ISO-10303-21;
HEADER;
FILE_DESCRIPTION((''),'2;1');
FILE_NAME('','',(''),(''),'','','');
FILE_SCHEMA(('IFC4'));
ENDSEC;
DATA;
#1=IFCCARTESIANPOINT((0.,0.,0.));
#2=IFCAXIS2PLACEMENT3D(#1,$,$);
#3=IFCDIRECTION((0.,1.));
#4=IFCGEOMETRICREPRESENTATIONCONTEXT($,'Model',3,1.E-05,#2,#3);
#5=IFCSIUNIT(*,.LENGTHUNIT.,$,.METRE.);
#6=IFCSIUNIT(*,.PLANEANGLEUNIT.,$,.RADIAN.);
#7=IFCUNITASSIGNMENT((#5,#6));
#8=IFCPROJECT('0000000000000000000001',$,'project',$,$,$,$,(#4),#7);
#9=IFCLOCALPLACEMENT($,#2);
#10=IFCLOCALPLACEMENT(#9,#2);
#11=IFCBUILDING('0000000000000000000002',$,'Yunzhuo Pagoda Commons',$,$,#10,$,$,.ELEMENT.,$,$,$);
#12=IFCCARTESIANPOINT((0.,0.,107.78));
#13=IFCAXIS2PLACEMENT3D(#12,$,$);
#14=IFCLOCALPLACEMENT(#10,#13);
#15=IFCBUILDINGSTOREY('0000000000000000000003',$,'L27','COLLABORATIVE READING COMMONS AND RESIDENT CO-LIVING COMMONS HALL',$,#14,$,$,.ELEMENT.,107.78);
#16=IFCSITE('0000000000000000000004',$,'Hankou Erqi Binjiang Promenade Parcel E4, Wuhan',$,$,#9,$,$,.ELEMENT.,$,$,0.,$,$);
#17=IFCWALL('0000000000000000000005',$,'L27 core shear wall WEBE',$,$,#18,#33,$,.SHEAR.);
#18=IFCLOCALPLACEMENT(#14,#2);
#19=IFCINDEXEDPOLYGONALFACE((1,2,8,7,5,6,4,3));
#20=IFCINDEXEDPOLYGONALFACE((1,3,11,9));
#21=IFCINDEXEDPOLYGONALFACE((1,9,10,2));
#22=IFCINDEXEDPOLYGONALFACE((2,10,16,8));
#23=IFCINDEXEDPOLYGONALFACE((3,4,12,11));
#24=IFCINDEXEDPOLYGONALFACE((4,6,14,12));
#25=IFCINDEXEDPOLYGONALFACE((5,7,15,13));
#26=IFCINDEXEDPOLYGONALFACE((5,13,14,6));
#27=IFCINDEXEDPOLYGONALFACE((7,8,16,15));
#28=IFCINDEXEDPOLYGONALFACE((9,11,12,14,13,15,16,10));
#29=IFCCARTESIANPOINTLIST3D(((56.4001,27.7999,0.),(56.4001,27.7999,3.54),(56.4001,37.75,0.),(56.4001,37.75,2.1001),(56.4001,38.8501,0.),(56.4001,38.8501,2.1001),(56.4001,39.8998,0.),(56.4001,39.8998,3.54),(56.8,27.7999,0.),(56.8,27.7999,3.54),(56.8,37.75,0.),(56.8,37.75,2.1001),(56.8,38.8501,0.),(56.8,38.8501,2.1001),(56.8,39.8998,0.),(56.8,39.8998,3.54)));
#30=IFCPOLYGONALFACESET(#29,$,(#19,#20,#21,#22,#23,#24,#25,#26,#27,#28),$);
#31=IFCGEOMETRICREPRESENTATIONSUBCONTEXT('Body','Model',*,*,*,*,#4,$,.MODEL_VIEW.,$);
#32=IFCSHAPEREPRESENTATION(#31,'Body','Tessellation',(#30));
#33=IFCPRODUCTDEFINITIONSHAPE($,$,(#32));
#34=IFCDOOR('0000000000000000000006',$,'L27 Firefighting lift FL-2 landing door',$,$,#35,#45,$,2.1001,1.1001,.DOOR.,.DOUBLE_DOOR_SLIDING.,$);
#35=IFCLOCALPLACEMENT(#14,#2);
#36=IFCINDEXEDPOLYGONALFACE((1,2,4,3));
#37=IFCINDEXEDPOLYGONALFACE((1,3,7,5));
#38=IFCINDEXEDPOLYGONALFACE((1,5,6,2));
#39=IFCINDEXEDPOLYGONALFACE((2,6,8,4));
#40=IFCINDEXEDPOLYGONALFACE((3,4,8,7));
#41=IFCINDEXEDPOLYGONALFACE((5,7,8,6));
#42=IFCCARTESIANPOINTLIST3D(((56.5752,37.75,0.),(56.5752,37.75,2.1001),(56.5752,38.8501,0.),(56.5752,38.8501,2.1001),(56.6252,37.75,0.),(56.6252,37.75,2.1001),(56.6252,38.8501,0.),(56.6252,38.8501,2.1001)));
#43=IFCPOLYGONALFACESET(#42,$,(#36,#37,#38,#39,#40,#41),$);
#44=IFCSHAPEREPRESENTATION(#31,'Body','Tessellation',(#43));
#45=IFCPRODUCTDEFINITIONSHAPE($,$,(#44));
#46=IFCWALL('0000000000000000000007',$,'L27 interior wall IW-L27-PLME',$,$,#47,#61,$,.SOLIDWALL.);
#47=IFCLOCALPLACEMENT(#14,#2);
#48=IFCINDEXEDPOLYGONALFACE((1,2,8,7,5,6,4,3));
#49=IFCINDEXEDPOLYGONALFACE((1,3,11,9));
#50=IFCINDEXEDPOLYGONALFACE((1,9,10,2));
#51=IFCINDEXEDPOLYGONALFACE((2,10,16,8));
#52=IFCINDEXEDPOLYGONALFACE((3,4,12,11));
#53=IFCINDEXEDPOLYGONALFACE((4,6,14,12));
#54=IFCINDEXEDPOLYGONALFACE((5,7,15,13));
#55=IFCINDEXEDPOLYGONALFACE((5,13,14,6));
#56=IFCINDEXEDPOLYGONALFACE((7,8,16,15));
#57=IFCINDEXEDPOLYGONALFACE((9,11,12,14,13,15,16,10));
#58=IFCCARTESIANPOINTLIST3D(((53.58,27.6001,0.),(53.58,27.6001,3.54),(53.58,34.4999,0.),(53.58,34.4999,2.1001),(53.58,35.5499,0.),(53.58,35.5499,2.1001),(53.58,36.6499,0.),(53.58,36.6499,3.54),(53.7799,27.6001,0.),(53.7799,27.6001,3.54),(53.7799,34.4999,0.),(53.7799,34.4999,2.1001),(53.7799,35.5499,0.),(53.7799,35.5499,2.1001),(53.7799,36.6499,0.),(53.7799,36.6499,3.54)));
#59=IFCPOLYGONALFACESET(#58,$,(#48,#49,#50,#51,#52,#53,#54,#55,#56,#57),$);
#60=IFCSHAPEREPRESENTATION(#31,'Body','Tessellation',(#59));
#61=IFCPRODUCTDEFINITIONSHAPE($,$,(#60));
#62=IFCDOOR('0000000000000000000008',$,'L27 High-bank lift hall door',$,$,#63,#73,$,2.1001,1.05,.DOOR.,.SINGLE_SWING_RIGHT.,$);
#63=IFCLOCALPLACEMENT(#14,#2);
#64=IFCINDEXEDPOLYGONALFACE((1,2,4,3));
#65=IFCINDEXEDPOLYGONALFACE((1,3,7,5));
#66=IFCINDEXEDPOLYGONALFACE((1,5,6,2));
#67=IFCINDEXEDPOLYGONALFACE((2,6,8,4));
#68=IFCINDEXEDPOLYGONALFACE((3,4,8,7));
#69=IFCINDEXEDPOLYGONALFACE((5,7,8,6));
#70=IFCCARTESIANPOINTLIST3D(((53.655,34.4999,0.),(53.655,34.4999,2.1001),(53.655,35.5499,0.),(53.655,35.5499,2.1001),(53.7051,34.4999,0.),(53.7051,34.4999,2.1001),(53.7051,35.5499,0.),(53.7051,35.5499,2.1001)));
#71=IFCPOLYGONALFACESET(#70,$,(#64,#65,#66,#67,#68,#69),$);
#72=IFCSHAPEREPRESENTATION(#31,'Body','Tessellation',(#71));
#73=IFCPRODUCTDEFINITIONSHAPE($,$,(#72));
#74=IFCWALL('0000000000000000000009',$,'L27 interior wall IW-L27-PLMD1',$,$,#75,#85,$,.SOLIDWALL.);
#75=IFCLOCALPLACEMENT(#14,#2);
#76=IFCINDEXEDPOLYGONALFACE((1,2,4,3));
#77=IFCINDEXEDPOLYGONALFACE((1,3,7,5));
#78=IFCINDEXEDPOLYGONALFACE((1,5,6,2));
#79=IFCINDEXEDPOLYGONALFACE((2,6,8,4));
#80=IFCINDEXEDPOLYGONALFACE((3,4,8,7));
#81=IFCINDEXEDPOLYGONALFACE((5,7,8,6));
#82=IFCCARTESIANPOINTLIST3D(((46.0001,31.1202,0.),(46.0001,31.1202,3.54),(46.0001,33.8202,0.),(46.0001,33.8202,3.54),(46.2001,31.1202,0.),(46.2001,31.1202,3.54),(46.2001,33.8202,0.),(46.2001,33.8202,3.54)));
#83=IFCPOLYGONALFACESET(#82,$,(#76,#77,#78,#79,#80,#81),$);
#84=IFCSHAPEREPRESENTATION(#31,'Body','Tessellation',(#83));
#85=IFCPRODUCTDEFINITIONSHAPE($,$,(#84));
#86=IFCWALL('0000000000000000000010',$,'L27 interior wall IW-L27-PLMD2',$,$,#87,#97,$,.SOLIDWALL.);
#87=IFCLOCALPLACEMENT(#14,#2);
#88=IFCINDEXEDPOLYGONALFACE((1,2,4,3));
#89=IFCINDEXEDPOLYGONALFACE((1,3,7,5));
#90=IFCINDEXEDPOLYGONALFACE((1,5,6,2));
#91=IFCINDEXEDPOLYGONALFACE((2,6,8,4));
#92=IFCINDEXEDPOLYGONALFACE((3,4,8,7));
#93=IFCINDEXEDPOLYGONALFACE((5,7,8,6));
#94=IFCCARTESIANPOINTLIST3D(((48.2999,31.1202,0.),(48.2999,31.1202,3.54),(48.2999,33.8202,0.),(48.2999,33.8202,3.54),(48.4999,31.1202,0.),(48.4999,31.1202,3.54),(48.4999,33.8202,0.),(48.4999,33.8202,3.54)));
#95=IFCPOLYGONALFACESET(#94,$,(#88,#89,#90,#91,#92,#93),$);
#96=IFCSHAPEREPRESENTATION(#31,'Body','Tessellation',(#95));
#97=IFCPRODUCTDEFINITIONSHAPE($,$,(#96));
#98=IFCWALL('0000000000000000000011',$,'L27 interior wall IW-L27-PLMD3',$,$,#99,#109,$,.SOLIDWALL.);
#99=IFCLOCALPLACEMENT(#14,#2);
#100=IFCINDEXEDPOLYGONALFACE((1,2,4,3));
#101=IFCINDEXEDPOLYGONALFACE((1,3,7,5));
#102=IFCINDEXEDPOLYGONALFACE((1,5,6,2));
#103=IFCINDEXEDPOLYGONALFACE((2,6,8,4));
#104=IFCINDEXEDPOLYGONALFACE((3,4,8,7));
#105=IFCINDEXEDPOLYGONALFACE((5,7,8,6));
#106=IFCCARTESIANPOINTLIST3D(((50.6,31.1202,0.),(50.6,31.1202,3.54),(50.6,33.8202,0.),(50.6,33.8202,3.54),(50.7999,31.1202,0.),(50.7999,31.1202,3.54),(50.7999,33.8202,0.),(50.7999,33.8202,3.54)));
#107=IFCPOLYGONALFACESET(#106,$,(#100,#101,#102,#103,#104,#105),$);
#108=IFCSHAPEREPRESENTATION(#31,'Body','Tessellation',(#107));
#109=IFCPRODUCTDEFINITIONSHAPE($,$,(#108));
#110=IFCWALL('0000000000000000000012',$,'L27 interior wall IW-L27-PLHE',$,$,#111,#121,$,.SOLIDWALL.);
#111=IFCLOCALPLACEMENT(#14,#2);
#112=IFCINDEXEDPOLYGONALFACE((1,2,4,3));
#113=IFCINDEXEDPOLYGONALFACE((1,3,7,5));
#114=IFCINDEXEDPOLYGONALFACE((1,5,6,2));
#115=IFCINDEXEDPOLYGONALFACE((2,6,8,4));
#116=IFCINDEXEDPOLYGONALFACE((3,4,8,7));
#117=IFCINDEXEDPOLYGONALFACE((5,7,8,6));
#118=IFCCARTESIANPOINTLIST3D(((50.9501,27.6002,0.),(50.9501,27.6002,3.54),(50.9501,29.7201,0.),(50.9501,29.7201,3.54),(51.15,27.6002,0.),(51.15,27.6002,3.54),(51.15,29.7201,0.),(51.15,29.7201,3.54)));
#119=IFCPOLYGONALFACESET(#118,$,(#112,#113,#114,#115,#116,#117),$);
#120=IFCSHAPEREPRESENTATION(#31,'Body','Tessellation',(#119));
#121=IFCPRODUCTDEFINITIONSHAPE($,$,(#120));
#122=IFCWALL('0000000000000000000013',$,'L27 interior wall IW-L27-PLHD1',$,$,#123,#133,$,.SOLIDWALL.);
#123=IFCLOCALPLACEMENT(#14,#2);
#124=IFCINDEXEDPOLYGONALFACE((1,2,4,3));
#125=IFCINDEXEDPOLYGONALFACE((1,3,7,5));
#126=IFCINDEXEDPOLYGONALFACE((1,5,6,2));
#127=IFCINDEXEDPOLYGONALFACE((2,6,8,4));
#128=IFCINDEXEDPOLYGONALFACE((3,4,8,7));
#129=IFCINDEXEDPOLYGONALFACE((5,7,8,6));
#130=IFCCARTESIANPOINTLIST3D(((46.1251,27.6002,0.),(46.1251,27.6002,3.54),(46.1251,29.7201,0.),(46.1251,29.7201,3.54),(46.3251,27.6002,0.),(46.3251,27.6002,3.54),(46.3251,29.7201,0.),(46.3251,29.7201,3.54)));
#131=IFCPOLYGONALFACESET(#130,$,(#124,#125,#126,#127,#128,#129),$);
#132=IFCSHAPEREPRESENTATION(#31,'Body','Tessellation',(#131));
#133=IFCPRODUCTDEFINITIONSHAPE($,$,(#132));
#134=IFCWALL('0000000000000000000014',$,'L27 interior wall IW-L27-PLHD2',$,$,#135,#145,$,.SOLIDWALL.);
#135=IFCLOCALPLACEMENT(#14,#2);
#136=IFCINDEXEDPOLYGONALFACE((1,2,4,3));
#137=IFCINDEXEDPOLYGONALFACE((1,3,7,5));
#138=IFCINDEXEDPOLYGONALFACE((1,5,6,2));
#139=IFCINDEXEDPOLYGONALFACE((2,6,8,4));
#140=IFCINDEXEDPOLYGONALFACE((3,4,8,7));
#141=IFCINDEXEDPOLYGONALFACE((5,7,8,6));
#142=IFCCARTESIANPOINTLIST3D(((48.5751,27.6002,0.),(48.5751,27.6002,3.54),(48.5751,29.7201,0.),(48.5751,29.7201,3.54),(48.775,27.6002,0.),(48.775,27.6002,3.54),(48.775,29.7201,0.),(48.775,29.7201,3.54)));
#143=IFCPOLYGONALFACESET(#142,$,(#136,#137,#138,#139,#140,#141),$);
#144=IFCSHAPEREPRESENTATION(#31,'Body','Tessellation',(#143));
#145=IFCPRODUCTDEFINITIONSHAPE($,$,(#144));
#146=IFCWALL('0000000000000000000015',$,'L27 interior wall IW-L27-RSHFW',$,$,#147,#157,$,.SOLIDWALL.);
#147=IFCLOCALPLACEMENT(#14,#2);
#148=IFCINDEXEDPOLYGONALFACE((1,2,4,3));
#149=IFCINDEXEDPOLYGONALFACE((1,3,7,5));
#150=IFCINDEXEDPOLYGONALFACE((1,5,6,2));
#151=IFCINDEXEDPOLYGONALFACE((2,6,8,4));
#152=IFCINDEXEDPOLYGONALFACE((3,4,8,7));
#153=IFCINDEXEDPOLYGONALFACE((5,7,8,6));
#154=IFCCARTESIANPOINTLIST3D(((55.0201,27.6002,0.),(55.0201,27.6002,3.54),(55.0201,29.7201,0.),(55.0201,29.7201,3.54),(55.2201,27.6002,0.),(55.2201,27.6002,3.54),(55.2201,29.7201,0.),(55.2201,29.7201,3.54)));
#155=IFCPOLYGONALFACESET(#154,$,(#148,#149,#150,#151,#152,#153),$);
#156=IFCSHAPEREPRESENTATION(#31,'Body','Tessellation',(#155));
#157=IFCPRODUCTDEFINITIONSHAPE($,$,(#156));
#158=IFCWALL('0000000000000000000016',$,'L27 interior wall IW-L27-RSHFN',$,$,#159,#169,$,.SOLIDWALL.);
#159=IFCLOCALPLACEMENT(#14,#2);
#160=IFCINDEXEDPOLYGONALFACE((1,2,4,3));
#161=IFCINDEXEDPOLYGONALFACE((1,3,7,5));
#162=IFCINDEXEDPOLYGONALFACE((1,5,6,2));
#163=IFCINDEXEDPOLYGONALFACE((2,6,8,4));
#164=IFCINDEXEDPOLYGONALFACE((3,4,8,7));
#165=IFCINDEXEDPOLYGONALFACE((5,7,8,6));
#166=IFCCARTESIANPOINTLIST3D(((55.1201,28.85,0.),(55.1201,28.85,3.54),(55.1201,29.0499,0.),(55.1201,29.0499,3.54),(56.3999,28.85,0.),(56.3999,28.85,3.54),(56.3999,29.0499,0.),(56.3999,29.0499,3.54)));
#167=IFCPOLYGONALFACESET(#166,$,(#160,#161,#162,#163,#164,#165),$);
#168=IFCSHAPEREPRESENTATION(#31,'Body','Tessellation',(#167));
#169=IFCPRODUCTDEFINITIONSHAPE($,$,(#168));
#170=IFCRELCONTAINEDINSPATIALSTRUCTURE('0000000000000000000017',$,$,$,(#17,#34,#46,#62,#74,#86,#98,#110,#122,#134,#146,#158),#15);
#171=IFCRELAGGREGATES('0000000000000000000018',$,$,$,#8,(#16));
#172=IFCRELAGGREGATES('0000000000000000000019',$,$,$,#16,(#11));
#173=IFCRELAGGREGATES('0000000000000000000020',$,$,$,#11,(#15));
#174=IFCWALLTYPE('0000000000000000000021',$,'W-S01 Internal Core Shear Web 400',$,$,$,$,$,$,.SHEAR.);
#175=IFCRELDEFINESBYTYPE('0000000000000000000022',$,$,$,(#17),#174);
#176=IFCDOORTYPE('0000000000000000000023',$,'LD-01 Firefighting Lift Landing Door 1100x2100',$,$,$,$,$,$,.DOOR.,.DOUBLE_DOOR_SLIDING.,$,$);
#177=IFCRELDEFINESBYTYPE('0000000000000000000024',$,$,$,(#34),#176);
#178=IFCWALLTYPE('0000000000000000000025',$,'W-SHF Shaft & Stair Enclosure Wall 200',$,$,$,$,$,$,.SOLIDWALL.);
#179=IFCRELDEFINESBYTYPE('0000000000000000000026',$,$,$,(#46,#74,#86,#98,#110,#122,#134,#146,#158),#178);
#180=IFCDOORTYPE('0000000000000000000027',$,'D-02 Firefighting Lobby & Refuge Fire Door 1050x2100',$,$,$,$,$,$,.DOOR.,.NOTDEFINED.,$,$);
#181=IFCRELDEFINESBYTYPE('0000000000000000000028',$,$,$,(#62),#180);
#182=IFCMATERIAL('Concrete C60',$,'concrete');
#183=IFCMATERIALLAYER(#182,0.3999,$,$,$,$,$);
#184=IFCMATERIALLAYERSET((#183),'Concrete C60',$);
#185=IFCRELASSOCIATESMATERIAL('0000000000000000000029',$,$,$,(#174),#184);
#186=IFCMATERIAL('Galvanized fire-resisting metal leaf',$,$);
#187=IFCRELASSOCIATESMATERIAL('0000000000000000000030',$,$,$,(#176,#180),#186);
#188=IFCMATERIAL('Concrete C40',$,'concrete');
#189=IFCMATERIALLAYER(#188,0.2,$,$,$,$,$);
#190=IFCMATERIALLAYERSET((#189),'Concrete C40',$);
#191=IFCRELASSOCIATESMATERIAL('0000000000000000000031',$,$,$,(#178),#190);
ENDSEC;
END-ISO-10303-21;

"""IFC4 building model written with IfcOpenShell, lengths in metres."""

from ifc_helpers import new_model, si_unit, direction, frame, frame_2d, origin, origin_with_axes, place, context, subcontext, project, spatial, rectangle, extrude, source, transform, mapped, material, layer, layer_set, type_object, element, fill, save


model = new_model("IFC4")

# Units and contexts
model_context = context("Model", 3, precision=1e-05, world=origin(), true_north=direction((0.0, 1.0)))
body_context = subcontext(model_context, "Body", "Model", "MODEL_VIEW")
ifc_project = project(units=[si_unit("LENGTHUNIT", "METRE"), si_unit("PLANEANGLEUNIT", "RADIAN")], contexts=[model_context])

# Site, building, storey
site_placement = place(None, origin())
site = spatial("IfcSite", under=ifc_project, at=site_placement, Name="Hankou Erqi Binjiang Promenade Parcel E4, Wuhan", CompositionType="ELEMENT", RefElevation=0.0)
building_placement = place(site_placement, origin())
building = spatial("IfcBuilding", under=site, at=building_placement, Name="Yunzhuo Pagoda Commons", CompositionType="ELEMENT")
storey_placement = place(building_placement, frame((0.0, 0.0, 107.78)))
storey = spatial("IfcBuildingStorey", under=building, at=storey_placement, Name="L27", Description="COLLABORATIVE READING COMMONS AND RESIDENT CO-LIVING COMMONS HALL", CompositionType="ELEMENT", Elevation=107.78)

# Shared definitions
ifc_material_1 = material(Name="Galvanized fire-resisting metal leaf")

# Walls, openings, doors
ifc_material_2 = material(Name="Concrete C60", Category="concrete")
ifc_layer_1 = layer(ifc_material_2, 0.3999)
ifc_layer_set_1 = layer_set([ifc_layer_1], Name="Concrete C60")
wall_type_1 = type_object("IfcWallType", Name="W-S01 Internal Core Shear Web 400", PredefinedType="SHEAR", material=ifc_layer_set_1)
wall_1_placement = place(storey_placement, frame((56.6001, 27.8, 0.0), z_axis=(0.0, 0.0, 1.0), x_axis=(0.0, 1.0, 0.0)))
wall_1 = element("IfcWall", 1, at=wall_1_placement, inside=storey, type_object=wall_type_1, Name="L27 core shear wall WEBE", PredefinedType="SHEAR", context=body_context, shape_type="SweptSolid", body=[
    extrude(rectangle(XDim=12.0999, YDim=0.3999, at=frame_2d((6.0498, 0.0))), origin(), (0.0, 0.0, 1.0), 3.54),
])
opening_1_placement = place(wall_1_placement, frame((9.95, 0.0, 0.0)))
opening_1 = element("IfcOpeningElement", 2, at=opening_1_placement, cuts=wall_1, PredefinedType="OPENING", context=body_context, shape_type="SweptSolid", body=[
    extrude(rectangle(XDim=1.1001, YDim=2.1001, at=frame_2d((0.55, 1.05))), frame((0.0, 0.21, 0.0), z_axis=(0.0, -1.0, 0.0), x_axis=(1.0, 0.0, 0.0)), (0.0, 0.0, 1.0), 0.4199),
])
door_type_1 = type_object("IfcDoorType", Name="LD-01 Firefighting Lift Landing Door 1100x2100", OperationType="DOUBLE_DOOR_SLIDING", PredefinedType="DOOR", material=ifc_material_1)
shared_shape_1 = source(origin(), body_context, "Body", "SweptSolid", [
    extrude(rectangle(XDim=1.1001, YDim=2.1001, at=frame_2d((0.55, 1.05))), frame((0.0, 0.0249, 0.0), z_axis=(0.0, -1.0, 0.0), x_axis=(1.0, 0.0, 0.0)), (0.0, 0.0, 1.0), 0.05),
])
door_1_placement = place(opening_1_placement, origin_with_axes())
door_1 = element("IfcDoor", 3, at=door_1_placement, inside=storey, type_object=door_type_1, Name="L27 Firefighting lift FL-2 landing door", OperationType="DOUBLE_DOOR_SLIDING", OverallHeight=2.1001, OverallWidth=1.1001, PredefinedType="DOOR", context=body_context, shape_type="MappedRepresentation", body=[
    mapped(shared_shape_1, transform((0.0, 0.0, 0.0), scale=1.0)),
])
fill(opening_1, door_1)
ifc_material_3 = material(Name="Concrete C40", Category="concrete")
ifc_layer_2 = layer(ifc_material_3, 0.2)
ifc_layer_set_2 = layer_set([ifc_layer_2], Name="Concrete C40")
wall_type_2 = type_object("IfcWallType", Name="W-SHF Shaft & Stair Enclosure Wall 200", PredefinedType="SOLIDWALL", material=ifc_layer_set_2)
wall_2_placement = place(storey_placement, frame((53.6799, 27.6001, 0.0), z_axis=(0.0, 0.0, 1.0), x_axis=(0.0, 1.0, 0.0)))
wall_2 = element("IfcWall", 4, at=wall_2_placement, inside=storey, type_object=wall_type_2, Name="L27 interior wall IW-L27-PLME", PredefinedType="SOLIDWALL", context=body_context, shape_type="SweptSolid", body=[
    extrude(rectangle(XDim=9.0498, YDim=0.2, at=frame_2d((4.5249, 0.0))), origin(), (0.0, 0.0, 1.0), 3.54),
])
opening_2_placement = place(wall_2_placement, frame((6.8999, 0.0, 0.0)))
opening_2 = element("IfcOpeningElement", 5, at=opening_2_placement, cuts=wall_2, PredefinedType="OPENING", context=body_context, shape_type="SweptSolid", body=[
    extrude(rectangle(XDim=1.05, YDim=2.1001, at=frame_2d((0.5249, 1.05))), frame((0.0, 0.1099, 0.0), z_axis=(0.0, -1.0, 0.0), x_axis=(1.0, 0.0, 0.0)), (0.0, 0.0, 1.0), 0.22),
])
door_type_2 = type_object("IfcDoorType", Name="D-02 Firefighting Lobby & Refuge Fire Door 1050x2100", OperationType="NOTDEFINED", PredefinedType="DOOR", material=ifc_material_1)
shared_shape_2 = source(origin(), body_context, "Body", "SweptSolid", [
    extrude(rectangle(XDim=1.05, YDim=2.1001, at=frame_2d((0.5249, 1.05))), frame((0.0, 0.0249, 0.0), z_axis=(0.0, -1.0, 0.0), x_axis=(1.0, 0.0, 0.0)), (0.0, 0.0, 1.0), 0.05),
])
door_2_placement = place(opening_2_placement, origin_with_axes())
door_2 = element("IfcDoor", 6, at=door_2_placement, inside=storey, type_object=door_type_2, Name="L27 High-bank lift hall door", OperationType="SINGLE_SWING_RIGHT", OverallHeight=2.1001, OverallWidth=1.05, PredefinedType="DOOR", context=body_context, shape_type="MappedRepresentation", body=[
    mapped(shared_shape_2, transform((0.0, 0.0, 0.0), scale=1.0)),
])
fill(opening_2, door_2)

# Walls
for number, where, z_axis, x_axis, name in (
    (7, (46.1001, 31.1201, 0.0), (0.0, 0.0, 1.0), (0.0, 1.0, 0.0), "L27 interior wall IW-L27-PLMD1"),
    (8, (48.3999, 31.1201, 0.0), (0.0, 0.0, 1.0), (0.0, 1.0, 0.0), "L27 interior wall IW-L27-PLMD2"),
    (9, (50.7, 31.1201, 0.0), (0.0, 0.0, 1.0), (0.0, 1.0, 0.0), "L27 interior wall IW-L27-PLMD3"),
):
    element("IfcWall", number, at=place(storey_placement, frame(where, z_axis=z_axis, x_axis=x_axis)), inside=storey, type_object=wall_type_2, Name=name, PredefinedType="SOLIDWALL", context=body_context, shape_type="SweptSolid", body=[
        extrude(rectangle(XDim=2.7, YDim=0.2, at=frame_2d((1.3501, 0.0))), origin(), (0.0, 0.0, 1.0), 3.54),
    ])
for number, where, z_axis, x_axis, name in (
    (10, (51.05, 27.6001, 0.0), (0.0, 0.0, 1.0), (0.0, 1.0, 0.0), "L27 interior wall IW-L27-PLHE"),
    (11, (46.2251, 27.6001, 0.0), (0.0, 0.0, 1.0), (0.0, 1.0, 0.0), "L27 interior wall IW-L27-PLHD1"),
    (12, (48.675, 27.6001, 0.0), (0.0, 0.0, 1.0), (0.0, 1.0, 0.0), "L27 interior wall IW-L27-PLHD2"),
    (13, (55.1201, 27.6001, 0.0), (0.0, 0.0, 1.0), (0.0, 1.0, 0.0), "L27 interior wall IW-L27-RSHFW"),
):
    element("IfcWall", number, at=place(storey_placement, frame(where, z_axis=z_axis, x_axis=x_axis)), inside=storey, type_object=wall_type_2, Name=name, PredefinedType="SOLIDWALL", context=body_context, shape_type="SweptSolid", body=[
        extrude(rectangle(XDim=2.1199, YDim=0.2, at=frame_2d((1.0601, 0.0))), origin(), (0.0, 0.0, 1.0), 3.54),
    ])
wall_3_placement = place(storey_placement, frame((55.1201, 28.95, 0.0), z_axis=(0.0, 0.0, 1.0), x_axis=(1.0, 0.0, 0.0)))
element("IfcWall", 14, at=wall_3_placement, inside=storey, type_object=wall_type_2, Name="L27 interior wall IW-L27-RSHFN", PredefinedType="SOLIDWALL", context=body_context, shape_type="SweptSolid", body=[
    extrude(rectangle(XDim=1.2798, YDim=0.2, at=frame_2d((0.6399, 0.0))), origin(), (0.0, 0.0, 1.0), 3.54),
])

save(model, "model.ifc")
